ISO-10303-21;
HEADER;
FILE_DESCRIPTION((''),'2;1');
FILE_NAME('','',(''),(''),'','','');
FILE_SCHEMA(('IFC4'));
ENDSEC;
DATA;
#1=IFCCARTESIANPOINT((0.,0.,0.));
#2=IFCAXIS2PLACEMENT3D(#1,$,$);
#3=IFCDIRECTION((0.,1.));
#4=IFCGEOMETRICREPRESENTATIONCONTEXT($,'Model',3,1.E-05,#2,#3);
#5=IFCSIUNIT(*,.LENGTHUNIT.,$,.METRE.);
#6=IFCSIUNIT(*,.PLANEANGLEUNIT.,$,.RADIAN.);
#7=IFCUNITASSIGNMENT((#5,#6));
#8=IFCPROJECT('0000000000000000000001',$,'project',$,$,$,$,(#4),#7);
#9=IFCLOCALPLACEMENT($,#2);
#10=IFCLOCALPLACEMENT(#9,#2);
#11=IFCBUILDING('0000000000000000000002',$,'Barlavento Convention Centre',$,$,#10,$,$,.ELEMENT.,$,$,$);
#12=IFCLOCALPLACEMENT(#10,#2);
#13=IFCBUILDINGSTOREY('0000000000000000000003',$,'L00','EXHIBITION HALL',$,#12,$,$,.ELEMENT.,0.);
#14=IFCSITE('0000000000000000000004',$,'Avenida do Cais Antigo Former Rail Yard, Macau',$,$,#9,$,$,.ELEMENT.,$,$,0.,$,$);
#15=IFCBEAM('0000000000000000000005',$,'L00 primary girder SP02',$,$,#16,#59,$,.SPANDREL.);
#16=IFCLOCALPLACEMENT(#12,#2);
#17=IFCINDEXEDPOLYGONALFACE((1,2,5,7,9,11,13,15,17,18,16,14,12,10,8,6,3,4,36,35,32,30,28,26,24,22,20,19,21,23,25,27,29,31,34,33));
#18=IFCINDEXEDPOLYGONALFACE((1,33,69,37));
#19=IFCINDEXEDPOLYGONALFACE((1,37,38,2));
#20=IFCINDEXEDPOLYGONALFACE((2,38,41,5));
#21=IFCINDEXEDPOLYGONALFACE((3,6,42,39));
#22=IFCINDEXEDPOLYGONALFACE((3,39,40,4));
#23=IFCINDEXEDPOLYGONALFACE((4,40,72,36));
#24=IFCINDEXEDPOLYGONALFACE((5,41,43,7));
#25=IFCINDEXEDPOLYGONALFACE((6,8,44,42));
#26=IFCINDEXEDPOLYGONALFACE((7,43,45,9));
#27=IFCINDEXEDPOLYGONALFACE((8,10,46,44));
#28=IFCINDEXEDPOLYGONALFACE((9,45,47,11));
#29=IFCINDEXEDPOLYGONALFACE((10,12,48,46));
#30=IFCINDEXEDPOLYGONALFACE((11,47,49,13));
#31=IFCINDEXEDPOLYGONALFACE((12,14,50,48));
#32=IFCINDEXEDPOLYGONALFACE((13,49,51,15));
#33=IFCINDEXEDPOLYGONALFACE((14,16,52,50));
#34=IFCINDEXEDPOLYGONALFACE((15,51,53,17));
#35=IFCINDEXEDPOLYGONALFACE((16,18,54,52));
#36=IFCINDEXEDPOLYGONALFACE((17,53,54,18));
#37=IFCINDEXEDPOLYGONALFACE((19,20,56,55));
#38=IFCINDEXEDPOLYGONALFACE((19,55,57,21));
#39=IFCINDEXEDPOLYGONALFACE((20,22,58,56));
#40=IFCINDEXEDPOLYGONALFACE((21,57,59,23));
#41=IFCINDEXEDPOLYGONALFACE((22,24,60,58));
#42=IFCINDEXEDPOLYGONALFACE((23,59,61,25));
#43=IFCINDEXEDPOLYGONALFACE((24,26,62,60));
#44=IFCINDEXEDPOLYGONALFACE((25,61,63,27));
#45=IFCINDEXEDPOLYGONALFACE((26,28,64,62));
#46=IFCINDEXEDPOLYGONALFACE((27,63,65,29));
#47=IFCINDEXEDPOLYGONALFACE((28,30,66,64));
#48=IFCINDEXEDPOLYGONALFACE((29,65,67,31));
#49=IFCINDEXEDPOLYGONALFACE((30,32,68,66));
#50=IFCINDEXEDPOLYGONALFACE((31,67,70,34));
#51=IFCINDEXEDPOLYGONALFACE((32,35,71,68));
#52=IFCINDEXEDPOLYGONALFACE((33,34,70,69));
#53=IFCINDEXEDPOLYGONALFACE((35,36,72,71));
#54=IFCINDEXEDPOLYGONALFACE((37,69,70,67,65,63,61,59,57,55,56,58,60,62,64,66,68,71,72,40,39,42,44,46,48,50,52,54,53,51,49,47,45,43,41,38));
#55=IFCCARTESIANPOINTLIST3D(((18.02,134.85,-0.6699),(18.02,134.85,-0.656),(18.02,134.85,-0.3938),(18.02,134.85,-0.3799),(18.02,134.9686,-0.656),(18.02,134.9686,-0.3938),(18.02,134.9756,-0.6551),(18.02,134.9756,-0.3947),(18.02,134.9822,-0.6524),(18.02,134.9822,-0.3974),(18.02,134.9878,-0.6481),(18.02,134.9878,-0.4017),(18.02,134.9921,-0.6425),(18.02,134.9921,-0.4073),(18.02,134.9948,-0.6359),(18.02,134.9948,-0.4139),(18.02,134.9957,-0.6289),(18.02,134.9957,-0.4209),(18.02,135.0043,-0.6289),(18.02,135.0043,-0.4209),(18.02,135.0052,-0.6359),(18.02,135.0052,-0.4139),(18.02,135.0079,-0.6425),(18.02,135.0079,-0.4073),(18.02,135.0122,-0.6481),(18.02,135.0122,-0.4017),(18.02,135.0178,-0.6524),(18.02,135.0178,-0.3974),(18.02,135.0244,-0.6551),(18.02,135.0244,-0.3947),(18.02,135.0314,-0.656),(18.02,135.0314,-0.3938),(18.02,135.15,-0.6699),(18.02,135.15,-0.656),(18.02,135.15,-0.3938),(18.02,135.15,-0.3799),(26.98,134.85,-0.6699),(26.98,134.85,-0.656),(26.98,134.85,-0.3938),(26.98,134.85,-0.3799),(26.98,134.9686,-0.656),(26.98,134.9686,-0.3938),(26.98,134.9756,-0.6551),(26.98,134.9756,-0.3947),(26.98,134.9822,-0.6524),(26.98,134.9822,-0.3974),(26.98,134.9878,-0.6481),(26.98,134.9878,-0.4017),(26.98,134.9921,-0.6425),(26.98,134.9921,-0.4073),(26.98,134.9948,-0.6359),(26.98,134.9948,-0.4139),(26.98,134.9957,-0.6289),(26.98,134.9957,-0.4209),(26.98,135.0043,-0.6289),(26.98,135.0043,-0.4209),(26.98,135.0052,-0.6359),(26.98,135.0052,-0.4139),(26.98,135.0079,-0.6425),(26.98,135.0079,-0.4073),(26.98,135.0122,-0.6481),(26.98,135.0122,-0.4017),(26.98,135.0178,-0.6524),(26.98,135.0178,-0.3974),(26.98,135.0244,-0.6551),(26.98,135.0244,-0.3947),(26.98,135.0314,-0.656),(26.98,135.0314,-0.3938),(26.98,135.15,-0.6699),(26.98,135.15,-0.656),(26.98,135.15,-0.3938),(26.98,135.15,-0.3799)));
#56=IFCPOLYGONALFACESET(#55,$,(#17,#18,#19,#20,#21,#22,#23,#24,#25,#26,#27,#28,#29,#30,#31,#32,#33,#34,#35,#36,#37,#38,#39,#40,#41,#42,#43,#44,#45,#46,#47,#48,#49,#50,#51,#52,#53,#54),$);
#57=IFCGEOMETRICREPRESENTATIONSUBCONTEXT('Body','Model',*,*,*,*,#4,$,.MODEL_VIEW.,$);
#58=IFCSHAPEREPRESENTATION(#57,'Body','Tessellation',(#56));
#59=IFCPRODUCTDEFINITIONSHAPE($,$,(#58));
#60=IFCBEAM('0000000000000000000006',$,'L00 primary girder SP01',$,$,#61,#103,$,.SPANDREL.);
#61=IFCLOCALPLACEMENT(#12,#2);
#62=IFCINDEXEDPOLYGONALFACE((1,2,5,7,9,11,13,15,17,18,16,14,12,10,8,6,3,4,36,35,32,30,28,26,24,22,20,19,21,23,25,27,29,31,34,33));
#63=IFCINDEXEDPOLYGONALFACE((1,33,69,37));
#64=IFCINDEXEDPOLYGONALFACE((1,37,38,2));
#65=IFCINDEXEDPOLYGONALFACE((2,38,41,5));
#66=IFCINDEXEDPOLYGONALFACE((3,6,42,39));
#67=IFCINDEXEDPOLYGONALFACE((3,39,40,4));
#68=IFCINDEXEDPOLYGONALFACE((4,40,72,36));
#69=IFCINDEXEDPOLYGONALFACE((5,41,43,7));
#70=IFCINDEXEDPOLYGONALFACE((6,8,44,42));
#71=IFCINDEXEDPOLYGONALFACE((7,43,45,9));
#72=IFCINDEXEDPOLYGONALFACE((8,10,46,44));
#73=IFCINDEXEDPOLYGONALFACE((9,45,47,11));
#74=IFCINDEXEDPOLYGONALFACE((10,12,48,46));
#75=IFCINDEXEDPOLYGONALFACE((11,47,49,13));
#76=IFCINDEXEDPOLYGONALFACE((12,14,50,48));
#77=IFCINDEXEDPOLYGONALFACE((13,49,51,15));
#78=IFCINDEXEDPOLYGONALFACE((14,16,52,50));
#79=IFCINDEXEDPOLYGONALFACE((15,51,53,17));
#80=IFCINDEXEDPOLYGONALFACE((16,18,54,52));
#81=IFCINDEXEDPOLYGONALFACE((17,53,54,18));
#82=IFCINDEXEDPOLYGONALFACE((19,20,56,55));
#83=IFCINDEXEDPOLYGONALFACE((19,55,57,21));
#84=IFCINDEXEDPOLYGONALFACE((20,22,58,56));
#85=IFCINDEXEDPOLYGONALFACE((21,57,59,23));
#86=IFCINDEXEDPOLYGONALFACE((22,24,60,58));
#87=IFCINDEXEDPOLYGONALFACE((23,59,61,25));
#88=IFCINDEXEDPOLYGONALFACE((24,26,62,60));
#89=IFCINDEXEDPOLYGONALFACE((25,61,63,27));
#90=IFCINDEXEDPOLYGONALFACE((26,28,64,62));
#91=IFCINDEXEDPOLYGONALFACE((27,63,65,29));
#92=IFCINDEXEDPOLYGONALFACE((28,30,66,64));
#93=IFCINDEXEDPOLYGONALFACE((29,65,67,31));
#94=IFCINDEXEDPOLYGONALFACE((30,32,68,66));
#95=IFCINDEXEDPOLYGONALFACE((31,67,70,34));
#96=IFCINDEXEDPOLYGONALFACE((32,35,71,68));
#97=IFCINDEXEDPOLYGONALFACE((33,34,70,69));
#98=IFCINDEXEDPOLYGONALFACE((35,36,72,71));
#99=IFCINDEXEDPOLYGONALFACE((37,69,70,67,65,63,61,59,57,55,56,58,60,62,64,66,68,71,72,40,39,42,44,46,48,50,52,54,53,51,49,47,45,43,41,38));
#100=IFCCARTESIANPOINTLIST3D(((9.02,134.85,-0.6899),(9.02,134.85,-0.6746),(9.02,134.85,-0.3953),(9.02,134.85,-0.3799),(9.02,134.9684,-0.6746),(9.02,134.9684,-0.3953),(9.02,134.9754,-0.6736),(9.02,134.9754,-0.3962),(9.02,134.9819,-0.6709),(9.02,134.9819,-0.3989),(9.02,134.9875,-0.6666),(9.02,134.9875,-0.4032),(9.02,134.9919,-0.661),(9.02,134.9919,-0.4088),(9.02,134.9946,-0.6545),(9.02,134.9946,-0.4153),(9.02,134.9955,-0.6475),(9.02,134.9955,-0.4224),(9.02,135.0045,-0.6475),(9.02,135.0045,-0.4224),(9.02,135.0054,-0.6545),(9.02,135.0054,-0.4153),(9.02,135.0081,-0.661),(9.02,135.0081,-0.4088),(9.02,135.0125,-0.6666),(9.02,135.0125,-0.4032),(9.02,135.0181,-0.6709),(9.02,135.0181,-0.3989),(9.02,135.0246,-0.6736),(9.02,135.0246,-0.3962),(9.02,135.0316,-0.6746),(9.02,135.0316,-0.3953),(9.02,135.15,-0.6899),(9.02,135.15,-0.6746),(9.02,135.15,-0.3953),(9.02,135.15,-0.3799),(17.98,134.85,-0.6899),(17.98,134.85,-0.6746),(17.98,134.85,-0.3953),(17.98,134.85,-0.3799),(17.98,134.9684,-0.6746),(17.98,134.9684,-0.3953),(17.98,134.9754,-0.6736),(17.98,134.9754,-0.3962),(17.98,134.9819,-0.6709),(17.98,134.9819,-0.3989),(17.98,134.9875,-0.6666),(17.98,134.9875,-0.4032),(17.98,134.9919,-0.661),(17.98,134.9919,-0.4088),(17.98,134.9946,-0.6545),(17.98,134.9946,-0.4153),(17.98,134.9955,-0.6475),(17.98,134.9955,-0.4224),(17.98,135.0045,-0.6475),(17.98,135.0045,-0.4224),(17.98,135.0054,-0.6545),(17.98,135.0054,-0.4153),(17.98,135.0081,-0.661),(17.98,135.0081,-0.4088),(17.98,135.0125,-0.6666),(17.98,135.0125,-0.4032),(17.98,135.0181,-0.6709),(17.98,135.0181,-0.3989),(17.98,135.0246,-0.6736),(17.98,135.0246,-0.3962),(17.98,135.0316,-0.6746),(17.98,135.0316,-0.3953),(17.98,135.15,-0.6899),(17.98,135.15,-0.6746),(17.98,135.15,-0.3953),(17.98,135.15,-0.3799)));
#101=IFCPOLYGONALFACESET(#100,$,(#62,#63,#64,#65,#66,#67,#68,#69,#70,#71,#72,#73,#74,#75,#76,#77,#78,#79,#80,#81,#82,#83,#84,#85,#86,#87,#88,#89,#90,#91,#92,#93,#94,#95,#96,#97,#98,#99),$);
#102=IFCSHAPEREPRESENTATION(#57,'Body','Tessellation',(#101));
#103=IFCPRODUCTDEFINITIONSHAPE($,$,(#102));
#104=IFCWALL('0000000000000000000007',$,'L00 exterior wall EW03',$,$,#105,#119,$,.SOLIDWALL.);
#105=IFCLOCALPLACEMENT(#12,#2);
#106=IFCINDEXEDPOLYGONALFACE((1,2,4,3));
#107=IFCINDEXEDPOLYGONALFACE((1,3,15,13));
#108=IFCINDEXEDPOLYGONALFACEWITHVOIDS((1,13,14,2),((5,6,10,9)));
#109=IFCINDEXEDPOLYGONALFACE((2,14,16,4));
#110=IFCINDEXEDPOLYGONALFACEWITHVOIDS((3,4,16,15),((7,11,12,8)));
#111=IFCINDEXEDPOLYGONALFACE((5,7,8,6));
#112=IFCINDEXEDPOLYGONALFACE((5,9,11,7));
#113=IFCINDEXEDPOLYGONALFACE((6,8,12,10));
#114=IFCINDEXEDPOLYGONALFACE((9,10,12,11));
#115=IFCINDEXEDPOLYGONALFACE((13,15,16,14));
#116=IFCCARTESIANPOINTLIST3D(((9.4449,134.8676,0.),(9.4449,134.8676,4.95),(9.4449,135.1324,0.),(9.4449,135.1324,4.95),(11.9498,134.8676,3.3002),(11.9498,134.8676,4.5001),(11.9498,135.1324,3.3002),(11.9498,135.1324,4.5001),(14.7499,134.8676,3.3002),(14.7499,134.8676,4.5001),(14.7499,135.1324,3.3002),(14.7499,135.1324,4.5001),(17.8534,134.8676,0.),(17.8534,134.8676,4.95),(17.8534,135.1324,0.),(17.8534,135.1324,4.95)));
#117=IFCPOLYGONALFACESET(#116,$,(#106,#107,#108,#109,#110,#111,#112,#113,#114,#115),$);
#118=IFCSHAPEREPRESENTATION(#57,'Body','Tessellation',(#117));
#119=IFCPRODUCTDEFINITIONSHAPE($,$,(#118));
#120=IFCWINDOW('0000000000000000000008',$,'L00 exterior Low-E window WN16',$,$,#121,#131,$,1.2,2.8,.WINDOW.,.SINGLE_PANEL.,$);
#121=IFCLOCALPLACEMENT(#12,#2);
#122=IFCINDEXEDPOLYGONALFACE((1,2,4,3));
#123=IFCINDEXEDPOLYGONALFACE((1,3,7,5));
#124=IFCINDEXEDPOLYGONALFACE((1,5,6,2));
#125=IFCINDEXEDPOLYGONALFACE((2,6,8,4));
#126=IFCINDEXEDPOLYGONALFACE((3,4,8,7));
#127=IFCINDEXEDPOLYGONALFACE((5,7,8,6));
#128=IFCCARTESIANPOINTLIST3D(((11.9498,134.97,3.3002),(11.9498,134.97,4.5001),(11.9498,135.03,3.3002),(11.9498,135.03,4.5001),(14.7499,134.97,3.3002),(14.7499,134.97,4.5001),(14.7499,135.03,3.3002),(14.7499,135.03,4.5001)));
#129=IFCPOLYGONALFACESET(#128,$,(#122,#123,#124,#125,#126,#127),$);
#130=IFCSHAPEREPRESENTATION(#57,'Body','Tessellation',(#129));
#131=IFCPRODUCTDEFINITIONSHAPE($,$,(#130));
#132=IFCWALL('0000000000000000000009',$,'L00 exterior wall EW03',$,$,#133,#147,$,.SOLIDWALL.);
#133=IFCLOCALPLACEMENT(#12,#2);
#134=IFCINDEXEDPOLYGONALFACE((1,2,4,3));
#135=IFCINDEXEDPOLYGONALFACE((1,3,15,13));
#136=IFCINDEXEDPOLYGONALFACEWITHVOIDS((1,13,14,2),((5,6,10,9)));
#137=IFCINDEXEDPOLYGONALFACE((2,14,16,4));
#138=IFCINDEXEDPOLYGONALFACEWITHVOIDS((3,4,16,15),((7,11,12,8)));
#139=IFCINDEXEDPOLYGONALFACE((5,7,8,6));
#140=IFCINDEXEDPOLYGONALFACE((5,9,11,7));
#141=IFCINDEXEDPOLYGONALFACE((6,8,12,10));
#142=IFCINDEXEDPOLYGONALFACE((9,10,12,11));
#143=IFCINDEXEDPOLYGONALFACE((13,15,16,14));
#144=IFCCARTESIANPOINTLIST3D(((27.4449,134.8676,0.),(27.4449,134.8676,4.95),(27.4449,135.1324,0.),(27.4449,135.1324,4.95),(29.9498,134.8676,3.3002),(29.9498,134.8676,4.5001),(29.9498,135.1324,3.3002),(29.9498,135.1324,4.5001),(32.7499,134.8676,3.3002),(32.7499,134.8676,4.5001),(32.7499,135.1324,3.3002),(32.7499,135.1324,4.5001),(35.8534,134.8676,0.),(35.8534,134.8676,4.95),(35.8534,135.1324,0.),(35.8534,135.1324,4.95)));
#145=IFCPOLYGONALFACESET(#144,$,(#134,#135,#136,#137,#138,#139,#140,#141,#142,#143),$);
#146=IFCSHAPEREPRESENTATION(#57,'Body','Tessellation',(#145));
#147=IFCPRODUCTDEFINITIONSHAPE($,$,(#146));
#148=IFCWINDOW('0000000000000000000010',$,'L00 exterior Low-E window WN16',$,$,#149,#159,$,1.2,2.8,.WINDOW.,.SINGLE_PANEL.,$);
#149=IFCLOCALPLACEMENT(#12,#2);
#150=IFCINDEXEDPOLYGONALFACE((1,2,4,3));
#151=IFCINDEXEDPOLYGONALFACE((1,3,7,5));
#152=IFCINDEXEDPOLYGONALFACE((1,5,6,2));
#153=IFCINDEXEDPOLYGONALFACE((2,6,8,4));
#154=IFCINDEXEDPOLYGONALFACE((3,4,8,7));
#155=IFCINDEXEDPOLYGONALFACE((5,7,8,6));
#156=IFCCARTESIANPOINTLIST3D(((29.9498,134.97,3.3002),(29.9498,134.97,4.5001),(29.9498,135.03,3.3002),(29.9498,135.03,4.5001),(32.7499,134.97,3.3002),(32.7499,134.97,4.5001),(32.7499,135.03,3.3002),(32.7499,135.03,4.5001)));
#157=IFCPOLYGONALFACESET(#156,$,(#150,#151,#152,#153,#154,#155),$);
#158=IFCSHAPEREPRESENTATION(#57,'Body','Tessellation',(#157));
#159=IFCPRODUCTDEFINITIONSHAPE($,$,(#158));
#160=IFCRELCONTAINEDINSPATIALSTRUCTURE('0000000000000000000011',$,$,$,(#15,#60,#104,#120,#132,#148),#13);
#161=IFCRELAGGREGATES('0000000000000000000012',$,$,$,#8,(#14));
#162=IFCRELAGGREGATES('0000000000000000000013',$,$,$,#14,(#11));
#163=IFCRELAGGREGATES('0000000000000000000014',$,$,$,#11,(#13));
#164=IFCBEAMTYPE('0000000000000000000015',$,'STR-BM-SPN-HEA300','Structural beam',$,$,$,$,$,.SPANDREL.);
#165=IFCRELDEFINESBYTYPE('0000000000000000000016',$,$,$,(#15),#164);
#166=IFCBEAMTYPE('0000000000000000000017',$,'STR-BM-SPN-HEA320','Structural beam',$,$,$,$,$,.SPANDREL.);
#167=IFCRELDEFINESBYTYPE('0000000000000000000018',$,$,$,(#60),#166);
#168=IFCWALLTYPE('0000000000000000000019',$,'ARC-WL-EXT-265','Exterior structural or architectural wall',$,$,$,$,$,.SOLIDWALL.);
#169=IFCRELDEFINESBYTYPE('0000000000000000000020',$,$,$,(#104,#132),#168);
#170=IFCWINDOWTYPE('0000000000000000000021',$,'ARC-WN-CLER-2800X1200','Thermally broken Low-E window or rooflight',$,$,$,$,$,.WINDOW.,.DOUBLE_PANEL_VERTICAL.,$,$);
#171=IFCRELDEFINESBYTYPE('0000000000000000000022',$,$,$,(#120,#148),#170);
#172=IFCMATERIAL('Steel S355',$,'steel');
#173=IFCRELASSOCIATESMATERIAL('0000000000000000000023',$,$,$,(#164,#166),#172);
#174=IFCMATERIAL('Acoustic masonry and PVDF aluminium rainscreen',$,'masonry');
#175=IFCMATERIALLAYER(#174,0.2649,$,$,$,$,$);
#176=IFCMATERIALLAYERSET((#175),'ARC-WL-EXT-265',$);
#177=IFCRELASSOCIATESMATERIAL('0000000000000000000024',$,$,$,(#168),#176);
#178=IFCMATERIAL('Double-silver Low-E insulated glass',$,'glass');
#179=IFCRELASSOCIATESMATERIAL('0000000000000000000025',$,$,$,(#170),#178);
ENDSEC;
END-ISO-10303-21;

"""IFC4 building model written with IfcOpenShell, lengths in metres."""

from ifc_helpers import new_model, si_unit, direction, frame, frame_2d, origin, origin_2d, place, context, subcontext, project, spatial, rectangle, i_section, extrude, material, layer, layer_set, material_profile, profile_set, type_object, element, fill, save


model = new_model("IFC4")

# Units and contexts
model_context = context("Model", 3, precision=1e-05, world=origin(), true_north=direction((0.0, 1.0)))
body_context = subcontext(model_context, "Body", "Model", "MODEL_VIEW")
ifc_project = project(units=[si_unit("LENGTHUNIT", "METRE"), si_unit("PLANEANGLEUNIT", "RADIAN")], contexts=[model_context])

# Site, building, storey
site_placement = place(None, origin())
site = spatial("IfcSite", under=ifc_project, at=site_placement, Name="Avenida do Cais Antigo Former Rail Yard, Macau", CompositionType="ELEMENT", RefElevation=0.0)
building_placement = place(site_placement, origin())
building = spatial("IfcBuilding", under=site, at=building_placement, Name="Barlavento Convention Centre", CompositionType="ELEMENT")
storey_placement = place(building_placement, origin())
storey = spatial("IfcBuildingStorey", under=building, at=storey_placement, Name="L00", Description="EXHIBITION HALL", CompositionType="ELEMENT", Elevation=0.0)

# Beams
ifc_material_1 = material(Name="Steel S355", Category="steel")
ifc_material_profile_1 = material_profile(ifc_material_1, i_section(OverallWidth=0.3, OverallDepth=0.29, WebThickness=0.0085, FlangeThickness=0.0139, FilletRadius=0.0271, at=origin_2d()), Name="HEA 300")
ifc_profile_set_1 = profile_set([ifc_material_profile_1], Name="Steel S355")
beam_type_1 = type_object("IfcBeamType", Name="STR-BM-SPN-HEA300", Description="Structural beam", PredefinedType="SPANDREL", material=ifc_profile_set_1)
beam_1_placement = place(storey_placement, frame((18.02, 135.0, -0.5249), z_axis=(1.0, 0.0, 0.0), x_axis=(0.0, 1.0, 0.0)))
element("IfcBeam", 1, at=beam_1_placement, inside=storey, type_object=beam_type_1, Name="L00 primary girder SP02", PredefinedType="SPANDREL", context=body_context, shape_type="SweptSolid", body=[
    extrude(i_section(OverallWidth=0.3, OverallDepth=0.29, WebThickness=0.0085, FlangeThickness=0.0139, FilletRadius=0.0271, at=origin_2d()), origin(), (0.0, 0.0, 1.0), 8.96),
])
ifc_material_profile_2 = material_profile(ifc_material_1, i_section(OverallWidth=0.3, OverallDepth=0.3101, WebThickness=0.009, FlangeThickness=0.0154, FilletRadius=0.0271, at=origin_2d()), Name="HEA 320")
ifc_profile_set_2 = profile_set([ifc_material_profile_2], Name="Steel S355")
beam_type_2 = type_object("IfcBeamType", Name="STR-BM-SPN-HEA320", Description="Structural beam", PredefinedType="SPANDREL", material=ifc_profile_set_2)
beam_2_placement = place(storey_placement, frame((9.02, 135.0, -0.5349), z_axis=(1.0, 0.0, 0.0), x_axis=(0.0, 1.0, 0.0)))
element("IfcBeam", 2, at=beam_2_placement, inside=storey, type_object=beam_type_2, Name="L00 primary girder SP01", PredefinedType="SPANDREL", context=body_context, shape_type="SweptSolid", body=[
    extrude(i_section(OverallWidth=0.3, OverallDepth=0.3101, WebThickness=0.009, FlangeThickness=0.0154, FilletRadius=0.0271, at=origin_2d()), origin(), (0.0, 0.0, 1.0), 8.96),
])

# Wall, opening, window
ifc_material_2 = material(Name="Acoustic masonry and PVDF aluminium rainscreen", Category="masonry")
ifc_layer = layer(ifc_material_2, 0.2649)
ifc_layer_set = layer_set([ifc_layer], Name="ARC-WL-EXT-265")
wall_type = type_object("IfcWallType", Name="ARC-WL-EXT-265", Description="Exterior structural or architectural wall", PredefinedType="SOLIDWALL", material=ifc_layer_set)
wall_1_placement = place(storey_placement, frame((9.4451, 135.0, 0.0), z_axis=(0.0, 0.0, 1.0), x_axis=(1.0, 0.0, 0.0)))
wall_1 = element("IfcWall", 3, at=wall_1_placement, inside=storey, type_object=wall_type, Name="L00 exterior wall EW03", PredefinedType="SOLIDWALL", context=body_context, shape_type="SweptSolid", body=[
    extrude(rectangle(XDim=8.4084, YDim=0.2649, at=frame_2d((4.2041, 0.0))), origin(), (0.0, 0.0, 1.0), 4.95),
])
opening_1_placement = place(wall_1_placement, frame((2.5049, 0.0, 3.3)))
opening_1 = element("IfcOpeningElement", 4, at=opening_1_placement, cuts=wall_1, PredefinedType="OPENING", context=body_context, shape_type="SweptSolid", body=[
    extrude(rectangle(XDim=2.8, YDim=1.2, at=frame_2d((1.3999, 0.6001))), frame((0.0, 0.1423, 0.0), z_axis=(0.0, -1.0, 0.0), x_axis=(1.0, 0.0, 0.0)), (0.0, 0.0, 1.0), 0.2849),
])
ifc_material_3 = material(Name="Double-silver Low-E insulated glass", Category="glass")
window_type = type_object("IfcWindowType", Name="ARC-WN-CLER-2800X1200", Description="Thermally broken Low-E window or rooflight", PartitioningType="DOUBLE_PANEL_VERTICAL", PredefinedType="WINDOW", material=ifc_material_3)
window_1_placement = place(opening_1_placement, origin())
window_1 = element("IfcWindow", 5, at=window_1_placement, inside=storey, type_object=window_type, Name="L00 exterior Low-E window WN16", OverallHeight=1.2, OverallWidth=2.8, PartitioningType="SINGLE_PANEL", PredefinedType="WINDOW", context=body_context, shape_type="SweptSolid", body=[
    extrude(rectangle(XDim=2.8, YDim=1.2, at=frame_2d((1.3999, 0.6001))), frame((0.0, 0.03, 0.0), z_axis=(0.0, -1.0, 0.0), x_axis=(1.0, 0.0, 0.0)), (0.0, 0.0, 1.0), 0.0601),
])
fill(opening_1, window_1)

# Wall, opening, window
wall_2_placement = place(storey_placement, frame((27.4451, 135.0, 0.0), z_axis=(0.0, 0.0, 1.0), x_axis=(1.0, 0.0, 0.0)))
wall_2 = element("IfcWall", 6, at=wall_2_placement, inside=storey, type_object=wall_type, Name="L00 exterior wall EW03", PredefinedType="SOLIDWALL", context=body_context, shape_type="SweptSolid", body=[
    extrude(rectangle(XDim=8.4084, YDim=0.2649, at=frame_2d((4.2041, 0.0))), origin(), (0.0, 0.0, 1.0), 4.95),
])
opening_2_placement = place(wall_2_placement, frame((2.5049, 0.0, 3.3)))
opening_2 = element("IfcOpeningElement", 7, at=opening_2_placement, cuts=wall_2, PredefinedType="OPENING", context=body_context, shape_type="SweptSolid", body=[
    extrude(rectangle(XDim=2.8, YDim=1.2, at=frame_2d((1.3999, 0.6001))), frame((0.0, 0.1423, 0.0), z_axis=(0.0, -1.0, 0.0), x_axis=(1.0, 0.0, 0.0)), (0.0, 0.0, 1.0), 0.2849),
])
window_2_placement = place(opening_2_placement, origin())
window_2 = element("IfcWindow", 8, at=window_2_placement, inside=storey, type_object=window_type, Name="L00 exterior Low-E window WN16", OverallHeight=1.2, OverallWidth=2.8, PartitioningType="SINGLE_PANEL", PredefinedType="WINDOW", context=body_context, shape_type="SweptSolid", body=[
    extrude(rectangle(XDim=2.8, YDim=1.2, at=frame_2d((1.3999, 0.6001))), frame((0.0, 0.03, 0.0), z_axis=(0.0, -1.0, 0.0), x_axis=(1.0, 0.0, 0.0)), (0.0, 0.0, 1.0), 0.0601),
])
fill(opening_2, window_2)

save(model, "model.ifc")
